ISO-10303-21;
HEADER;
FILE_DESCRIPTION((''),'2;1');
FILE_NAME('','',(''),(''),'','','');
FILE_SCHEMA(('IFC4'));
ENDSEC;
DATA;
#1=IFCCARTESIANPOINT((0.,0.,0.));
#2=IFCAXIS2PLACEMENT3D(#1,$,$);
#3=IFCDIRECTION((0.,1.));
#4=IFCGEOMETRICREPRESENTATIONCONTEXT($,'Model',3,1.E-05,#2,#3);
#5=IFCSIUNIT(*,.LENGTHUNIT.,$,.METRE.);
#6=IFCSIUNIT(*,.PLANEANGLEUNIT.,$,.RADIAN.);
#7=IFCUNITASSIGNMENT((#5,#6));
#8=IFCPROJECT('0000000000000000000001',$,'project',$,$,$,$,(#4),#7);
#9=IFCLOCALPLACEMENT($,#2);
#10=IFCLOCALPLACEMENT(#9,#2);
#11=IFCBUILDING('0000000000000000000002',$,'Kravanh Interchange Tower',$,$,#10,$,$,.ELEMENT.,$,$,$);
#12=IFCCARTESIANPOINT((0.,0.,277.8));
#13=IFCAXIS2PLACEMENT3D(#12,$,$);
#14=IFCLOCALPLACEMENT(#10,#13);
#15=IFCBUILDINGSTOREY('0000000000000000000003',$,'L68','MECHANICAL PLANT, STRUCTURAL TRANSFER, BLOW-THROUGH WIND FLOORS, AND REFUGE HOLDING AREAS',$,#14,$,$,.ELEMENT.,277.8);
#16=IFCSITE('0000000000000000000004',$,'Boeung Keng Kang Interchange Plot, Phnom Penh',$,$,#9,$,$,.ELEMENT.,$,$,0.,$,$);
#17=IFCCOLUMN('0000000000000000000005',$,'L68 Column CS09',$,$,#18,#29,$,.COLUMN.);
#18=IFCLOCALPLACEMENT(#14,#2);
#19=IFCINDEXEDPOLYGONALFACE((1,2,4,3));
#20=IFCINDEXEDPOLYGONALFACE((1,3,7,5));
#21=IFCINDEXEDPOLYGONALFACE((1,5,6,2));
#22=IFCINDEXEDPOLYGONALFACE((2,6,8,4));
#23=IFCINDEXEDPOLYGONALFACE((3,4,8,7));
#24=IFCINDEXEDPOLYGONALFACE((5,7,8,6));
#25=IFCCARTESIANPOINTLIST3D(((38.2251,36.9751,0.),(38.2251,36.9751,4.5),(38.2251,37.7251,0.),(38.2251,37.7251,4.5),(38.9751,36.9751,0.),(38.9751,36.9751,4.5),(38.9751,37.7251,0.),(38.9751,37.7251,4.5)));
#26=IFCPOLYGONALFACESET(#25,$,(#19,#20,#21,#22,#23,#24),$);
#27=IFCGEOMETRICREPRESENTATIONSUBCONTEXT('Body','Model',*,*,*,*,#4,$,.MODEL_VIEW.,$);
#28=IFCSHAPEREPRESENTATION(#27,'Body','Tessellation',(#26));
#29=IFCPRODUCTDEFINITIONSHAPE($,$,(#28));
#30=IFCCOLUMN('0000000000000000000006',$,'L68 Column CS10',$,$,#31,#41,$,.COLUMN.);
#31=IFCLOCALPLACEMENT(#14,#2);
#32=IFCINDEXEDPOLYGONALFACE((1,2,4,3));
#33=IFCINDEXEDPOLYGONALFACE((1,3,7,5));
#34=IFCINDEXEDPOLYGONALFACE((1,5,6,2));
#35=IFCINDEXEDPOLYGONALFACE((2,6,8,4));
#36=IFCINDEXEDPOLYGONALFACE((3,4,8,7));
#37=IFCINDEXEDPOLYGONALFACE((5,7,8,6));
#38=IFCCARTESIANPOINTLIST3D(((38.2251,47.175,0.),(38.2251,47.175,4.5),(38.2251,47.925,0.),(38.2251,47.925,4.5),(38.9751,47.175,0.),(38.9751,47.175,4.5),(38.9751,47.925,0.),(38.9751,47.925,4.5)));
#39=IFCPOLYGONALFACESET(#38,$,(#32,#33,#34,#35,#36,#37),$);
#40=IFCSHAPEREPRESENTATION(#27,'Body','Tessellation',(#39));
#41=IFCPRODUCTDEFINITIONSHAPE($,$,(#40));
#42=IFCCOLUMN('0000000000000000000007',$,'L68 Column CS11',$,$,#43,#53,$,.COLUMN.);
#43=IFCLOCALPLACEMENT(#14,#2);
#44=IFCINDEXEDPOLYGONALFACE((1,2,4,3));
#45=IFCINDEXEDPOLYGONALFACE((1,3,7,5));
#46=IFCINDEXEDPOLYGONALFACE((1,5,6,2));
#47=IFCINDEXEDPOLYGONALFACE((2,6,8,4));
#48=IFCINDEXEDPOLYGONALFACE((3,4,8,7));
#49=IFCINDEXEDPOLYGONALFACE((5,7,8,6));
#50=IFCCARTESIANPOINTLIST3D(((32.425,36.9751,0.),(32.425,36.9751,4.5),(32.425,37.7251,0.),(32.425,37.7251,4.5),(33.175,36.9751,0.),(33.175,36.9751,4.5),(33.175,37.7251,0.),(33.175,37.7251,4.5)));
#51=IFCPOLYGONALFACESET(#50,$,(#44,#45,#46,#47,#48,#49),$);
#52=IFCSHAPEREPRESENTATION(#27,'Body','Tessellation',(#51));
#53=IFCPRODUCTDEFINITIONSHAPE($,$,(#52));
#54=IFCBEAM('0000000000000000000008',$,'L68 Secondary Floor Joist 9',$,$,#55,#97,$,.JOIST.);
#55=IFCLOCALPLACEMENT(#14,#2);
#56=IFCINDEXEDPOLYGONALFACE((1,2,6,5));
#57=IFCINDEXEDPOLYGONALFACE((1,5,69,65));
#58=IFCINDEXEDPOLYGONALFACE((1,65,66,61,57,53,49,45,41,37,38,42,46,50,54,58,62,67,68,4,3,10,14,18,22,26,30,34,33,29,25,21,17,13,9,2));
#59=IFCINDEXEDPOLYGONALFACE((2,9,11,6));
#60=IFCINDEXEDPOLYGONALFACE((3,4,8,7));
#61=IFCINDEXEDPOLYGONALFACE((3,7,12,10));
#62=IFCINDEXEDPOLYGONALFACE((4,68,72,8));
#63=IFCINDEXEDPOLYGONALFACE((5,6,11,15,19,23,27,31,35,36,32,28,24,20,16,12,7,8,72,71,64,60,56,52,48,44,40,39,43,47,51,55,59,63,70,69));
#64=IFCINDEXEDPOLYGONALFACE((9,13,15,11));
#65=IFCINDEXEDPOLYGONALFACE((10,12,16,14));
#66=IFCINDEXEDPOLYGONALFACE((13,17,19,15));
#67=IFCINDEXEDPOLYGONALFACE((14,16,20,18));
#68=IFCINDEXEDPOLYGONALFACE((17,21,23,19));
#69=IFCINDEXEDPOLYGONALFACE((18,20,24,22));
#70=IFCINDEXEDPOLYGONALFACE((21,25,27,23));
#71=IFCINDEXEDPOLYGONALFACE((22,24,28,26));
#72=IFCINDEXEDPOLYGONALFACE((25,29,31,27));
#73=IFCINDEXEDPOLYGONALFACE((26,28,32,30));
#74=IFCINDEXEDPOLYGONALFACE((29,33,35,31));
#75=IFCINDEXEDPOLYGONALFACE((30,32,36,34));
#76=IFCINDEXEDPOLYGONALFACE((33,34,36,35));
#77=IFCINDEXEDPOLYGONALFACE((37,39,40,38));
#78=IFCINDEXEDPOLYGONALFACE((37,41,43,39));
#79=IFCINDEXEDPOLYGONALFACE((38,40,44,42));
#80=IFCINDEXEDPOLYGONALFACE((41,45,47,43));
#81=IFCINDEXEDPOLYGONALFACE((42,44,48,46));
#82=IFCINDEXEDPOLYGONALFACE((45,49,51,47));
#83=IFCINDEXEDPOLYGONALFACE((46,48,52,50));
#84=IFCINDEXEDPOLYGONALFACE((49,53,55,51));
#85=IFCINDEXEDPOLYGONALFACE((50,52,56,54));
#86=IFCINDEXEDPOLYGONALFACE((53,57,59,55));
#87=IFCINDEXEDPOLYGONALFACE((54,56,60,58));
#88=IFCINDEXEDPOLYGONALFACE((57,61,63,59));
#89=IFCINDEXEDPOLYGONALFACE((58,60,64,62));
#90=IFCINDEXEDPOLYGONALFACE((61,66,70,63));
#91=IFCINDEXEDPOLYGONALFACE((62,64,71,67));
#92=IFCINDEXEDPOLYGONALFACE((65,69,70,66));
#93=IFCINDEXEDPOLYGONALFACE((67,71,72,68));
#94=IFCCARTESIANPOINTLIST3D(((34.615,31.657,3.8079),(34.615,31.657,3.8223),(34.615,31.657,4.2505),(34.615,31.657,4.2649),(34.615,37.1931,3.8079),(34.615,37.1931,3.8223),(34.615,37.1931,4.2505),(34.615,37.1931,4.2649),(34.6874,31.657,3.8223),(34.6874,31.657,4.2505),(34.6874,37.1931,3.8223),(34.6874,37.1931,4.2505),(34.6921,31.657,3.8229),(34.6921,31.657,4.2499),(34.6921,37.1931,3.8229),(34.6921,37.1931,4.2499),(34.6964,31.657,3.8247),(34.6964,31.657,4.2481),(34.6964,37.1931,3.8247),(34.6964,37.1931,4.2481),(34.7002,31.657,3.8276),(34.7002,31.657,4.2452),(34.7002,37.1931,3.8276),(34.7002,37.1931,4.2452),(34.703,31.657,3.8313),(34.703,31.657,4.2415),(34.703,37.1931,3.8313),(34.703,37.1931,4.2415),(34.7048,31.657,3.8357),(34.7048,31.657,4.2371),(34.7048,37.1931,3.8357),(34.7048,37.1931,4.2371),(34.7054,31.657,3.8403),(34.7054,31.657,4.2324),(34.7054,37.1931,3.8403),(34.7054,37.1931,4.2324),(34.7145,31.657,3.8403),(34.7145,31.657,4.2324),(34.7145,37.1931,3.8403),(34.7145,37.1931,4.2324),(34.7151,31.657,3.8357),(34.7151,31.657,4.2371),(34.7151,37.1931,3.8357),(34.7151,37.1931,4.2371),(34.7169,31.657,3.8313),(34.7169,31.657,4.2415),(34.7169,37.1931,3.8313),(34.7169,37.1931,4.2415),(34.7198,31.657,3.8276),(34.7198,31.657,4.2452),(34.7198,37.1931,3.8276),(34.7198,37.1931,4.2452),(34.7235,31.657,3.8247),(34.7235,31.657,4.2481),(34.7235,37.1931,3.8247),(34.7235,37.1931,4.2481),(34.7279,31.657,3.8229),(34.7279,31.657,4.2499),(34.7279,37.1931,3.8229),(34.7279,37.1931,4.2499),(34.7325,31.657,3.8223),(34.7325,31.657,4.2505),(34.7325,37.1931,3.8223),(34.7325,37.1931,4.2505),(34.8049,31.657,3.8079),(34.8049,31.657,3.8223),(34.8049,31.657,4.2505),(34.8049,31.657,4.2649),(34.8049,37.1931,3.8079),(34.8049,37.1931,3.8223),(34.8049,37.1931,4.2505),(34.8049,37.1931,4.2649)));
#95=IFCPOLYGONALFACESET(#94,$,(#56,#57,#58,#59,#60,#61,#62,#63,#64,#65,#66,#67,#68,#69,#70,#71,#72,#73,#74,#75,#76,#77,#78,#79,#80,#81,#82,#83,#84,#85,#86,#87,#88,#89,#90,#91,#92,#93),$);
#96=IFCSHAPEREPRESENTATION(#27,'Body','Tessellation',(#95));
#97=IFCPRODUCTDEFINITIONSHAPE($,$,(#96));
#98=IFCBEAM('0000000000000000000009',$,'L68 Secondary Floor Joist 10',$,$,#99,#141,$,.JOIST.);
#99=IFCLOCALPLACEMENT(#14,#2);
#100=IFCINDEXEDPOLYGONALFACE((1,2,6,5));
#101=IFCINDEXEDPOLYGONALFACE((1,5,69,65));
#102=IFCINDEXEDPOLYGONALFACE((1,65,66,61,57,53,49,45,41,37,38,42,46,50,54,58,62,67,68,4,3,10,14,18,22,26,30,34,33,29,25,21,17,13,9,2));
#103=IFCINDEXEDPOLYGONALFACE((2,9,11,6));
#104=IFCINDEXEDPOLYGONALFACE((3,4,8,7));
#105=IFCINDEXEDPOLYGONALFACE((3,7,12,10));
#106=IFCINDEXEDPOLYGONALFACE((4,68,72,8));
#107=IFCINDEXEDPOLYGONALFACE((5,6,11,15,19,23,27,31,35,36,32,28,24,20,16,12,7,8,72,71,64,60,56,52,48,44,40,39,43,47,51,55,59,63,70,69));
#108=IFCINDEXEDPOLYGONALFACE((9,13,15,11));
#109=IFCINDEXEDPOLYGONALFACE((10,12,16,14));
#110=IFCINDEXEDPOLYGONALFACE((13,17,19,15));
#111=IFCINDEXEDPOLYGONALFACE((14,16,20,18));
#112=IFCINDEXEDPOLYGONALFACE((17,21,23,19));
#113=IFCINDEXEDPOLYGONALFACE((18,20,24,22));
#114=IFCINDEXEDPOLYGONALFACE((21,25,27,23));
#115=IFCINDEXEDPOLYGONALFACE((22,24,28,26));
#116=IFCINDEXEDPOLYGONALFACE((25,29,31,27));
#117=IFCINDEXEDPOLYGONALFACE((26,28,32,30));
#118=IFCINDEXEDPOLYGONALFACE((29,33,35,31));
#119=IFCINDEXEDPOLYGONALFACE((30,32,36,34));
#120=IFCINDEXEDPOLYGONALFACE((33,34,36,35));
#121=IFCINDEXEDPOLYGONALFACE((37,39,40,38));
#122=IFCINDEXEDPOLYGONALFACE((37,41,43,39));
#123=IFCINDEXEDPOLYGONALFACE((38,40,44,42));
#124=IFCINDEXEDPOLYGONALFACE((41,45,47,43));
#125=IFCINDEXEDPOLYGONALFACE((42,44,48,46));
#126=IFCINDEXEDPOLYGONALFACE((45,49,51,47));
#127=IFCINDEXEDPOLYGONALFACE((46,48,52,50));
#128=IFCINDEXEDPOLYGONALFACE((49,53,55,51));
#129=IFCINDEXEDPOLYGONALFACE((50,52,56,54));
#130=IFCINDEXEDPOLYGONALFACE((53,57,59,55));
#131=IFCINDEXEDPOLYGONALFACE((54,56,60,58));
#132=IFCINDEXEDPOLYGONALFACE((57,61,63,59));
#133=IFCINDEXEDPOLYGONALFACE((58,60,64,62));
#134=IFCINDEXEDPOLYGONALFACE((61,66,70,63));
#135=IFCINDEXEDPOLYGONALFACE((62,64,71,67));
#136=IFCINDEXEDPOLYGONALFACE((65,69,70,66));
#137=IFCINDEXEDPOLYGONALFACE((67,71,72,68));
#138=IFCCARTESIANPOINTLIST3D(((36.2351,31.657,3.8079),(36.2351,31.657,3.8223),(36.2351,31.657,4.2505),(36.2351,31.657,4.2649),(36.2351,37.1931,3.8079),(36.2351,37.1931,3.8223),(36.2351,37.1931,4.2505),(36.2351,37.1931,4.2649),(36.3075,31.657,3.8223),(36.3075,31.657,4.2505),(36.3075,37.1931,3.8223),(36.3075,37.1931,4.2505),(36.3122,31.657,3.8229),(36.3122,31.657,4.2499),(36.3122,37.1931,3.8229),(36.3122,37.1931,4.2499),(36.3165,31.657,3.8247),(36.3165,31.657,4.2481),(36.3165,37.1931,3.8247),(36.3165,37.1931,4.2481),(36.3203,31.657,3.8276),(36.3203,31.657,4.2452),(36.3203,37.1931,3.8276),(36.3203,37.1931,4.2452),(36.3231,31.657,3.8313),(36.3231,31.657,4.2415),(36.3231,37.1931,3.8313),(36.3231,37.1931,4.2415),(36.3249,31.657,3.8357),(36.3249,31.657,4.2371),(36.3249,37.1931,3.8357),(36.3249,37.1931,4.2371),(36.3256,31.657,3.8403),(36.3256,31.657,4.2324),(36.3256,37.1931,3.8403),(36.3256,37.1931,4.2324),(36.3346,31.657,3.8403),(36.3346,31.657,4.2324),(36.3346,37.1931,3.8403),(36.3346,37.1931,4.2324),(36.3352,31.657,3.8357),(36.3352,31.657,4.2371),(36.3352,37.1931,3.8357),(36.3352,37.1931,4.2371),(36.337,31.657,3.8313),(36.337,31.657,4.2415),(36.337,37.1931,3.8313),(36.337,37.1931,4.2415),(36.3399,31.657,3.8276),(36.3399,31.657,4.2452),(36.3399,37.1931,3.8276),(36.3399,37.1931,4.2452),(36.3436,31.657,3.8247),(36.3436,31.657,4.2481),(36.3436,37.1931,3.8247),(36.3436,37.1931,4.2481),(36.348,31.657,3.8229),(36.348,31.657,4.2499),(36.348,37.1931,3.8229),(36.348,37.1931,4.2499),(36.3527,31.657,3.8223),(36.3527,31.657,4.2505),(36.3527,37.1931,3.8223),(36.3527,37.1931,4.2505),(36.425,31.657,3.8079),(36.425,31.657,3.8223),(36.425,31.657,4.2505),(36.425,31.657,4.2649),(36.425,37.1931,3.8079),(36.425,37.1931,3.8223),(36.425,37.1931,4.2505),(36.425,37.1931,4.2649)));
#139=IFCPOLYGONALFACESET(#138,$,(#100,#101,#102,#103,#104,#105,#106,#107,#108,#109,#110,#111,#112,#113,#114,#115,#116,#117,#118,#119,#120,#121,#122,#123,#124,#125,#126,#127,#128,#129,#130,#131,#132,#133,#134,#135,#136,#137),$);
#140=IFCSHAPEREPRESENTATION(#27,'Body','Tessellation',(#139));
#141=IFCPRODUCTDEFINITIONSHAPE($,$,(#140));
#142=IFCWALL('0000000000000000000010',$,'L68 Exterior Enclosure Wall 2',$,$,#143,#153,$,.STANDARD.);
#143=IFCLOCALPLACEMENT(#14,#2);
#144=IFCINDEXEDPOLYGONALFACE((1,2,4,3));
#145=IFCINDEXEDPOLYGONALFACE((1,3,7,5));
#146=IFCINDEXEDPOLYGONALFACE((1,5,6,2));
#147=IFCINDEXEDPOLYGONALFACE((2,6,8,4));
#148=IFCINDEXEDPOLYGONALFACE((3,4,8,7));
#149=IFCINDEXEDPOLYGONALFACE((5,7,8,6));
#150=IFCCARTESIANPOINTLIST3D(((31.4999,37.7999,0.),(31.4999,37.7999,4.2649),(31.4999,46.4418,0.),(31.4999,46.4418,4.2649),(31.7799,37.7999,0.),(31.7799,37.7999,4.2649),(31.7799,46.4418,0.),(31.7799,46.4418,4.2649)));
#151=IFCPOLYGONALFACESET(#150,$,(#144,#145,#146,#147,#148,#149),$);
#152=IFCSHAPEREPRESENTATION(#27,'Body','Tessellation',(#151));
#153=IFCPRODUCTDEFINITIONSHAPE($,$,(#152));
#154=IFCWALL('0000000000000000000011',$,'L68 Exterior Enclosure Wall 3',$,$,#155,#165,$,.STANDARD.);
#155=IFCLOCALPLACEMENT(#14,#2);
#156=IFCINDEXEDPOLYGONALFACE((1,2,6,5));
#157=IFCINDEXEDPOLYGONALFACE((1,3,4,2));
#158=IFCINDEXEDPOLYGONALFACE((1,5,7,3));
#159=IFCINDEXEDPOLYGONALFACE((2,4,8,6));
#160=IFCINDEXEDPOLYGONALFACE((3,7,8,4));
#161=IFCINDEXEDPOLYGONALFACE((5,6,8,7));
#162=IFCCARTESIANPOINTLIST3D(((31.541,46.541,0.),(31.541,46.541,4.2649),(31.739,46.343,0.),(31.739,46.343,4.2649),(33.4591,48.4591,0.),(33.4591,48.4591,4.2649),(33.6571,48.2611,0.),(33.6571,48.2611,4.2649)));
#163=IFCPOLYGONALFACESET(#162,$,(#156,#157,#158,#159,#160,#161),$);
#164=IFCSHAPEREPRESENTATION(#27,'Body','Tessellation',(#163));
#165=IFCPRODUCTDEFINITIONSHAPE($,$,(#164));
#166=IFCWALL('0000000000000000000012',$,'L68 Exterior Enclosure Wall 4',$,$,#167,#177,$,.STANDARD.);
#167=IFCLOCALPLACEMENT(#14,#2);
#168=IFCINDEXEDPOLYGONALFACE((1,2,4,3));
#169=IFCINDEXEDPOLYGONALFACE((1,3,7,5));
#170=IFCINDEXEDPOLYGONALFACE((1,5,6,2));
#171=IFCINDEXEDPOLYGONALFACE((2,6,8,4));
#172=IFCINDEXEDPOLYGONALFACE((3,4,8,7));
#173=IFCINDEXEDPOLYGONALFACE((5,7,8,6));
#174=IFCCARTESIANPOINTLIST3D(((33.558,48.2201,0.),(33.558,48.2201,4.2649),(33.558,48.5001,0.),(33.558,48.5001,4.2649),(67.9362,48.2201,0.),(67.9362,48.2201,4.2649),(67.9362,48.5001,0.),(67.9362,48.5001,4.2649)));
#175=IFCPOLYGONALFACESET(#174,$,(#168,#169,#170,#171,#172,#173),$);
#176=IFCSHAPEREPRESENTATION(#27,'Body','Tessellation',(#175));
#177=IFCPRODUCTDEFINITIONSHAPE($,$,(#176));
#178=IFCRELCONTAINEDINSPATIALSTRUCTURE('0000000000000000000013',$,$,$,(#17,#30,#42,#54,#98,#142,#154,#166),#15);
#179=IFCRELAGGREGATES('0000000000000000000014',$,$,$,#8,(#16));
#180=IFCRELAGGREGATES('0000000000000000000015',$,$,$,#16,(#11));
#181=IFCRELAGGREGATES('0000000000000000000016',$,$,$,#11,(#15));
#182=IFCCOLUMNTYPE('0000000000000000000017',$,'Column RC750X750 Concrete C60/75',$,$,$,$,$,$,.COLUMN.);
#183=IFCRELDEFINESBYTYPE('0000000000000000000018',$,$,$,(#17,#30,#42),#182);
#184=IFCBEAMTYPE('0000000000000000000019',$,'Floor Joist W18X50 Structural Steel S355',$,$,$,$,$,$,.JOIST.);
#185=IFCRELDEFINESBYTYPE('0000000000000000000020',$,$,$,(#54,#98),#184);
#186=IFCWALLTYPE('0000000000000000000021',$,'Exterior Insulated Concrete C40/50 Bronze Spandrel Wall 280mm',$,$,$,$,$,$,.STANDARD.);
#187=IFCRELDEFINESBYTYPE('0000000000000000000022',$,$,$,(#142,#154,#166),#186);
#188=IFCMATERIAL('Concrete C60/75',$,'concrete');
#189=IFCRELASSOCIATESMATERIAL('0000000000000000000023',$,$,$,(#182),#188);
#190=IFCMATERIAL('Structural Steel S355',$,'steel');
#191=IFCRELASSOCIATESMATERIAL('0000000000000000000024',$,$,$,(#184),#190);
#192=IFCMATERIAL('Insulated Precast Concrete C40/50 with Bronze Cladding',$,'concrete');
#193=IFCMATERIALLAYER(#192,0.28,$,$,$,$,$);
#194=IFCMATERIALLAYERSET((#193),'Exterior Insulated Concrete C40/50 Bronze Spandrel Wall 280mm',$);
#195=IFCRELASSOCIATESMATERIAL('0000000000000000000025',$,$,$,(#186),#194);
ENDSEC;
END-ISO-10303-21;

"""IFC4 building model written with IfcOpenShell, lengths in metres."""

from ifc_helpers import new_model, si_unit, direction, frame, frame_2d, origin, origin_2d, place, context, subcontext, project, spatial, rectangle, i_section, extrude, material, layer, layer_set, material_profile, profile_set, type_object, element, save


model = new_model("IFC4")

# Units and contexts
model_context = context("Model", 3, precision=1e-05, world=origin(), true_north=direction((0.0, 1.0)))
body_context = subcontext(model_context, "Body", "Model", "MODEL_VIEW")
ifc_project = project(units=[si_unit("LENGTHUNIT", "METRE"), si_unit("PLANEANGLEUNIT", "RADIAN")], contexts=[model_context])

# Site, building, storey
site_placement = place(None, origin())
site = spatial("IfcSite", under=ifc_project, at=site_placement, Name="Boeung Keng Kang Interchange Plot, Phnom Penh", CompositionType="ELEMENT", RefElevation=0.0)
building_placement = place(site_placement, origin())
building = spatial("IfcBuilding", under=site, at=building_placement, Name="Kravanh Interchange Tower", CompositionType="ELEMENT")
storey_placement = place(building_placement, frame((0.0, 0.0, 277.8)))
storey = spatial("IfcBuildingStorey", under=building, at=storey_placement, Name="L68", Description="MECHANICAL PLANT, STRUCTURAL TRANSFER, BLOW-THROUGH WIND FLOORS, AND REFUGE HOLDING AREAS", CompositionType="ELEMENT", Elevation=277.8)

# Columns
ifc_material_1 = material(Name="Concrete C60/75", Category="concrete")
ifc_material_profile_1 = material_profile(ifc_material_1, rectangle(XDim=0.75, YDim=0.75, at=origin_2d()), Name="RC750X750")
ifc_profile_set_1 = profile_set([ifc_material_profile_1], Name="Concrete C60/75")
column_type = type_object("IfcColumnType", Name="Column RC750X750 Concrete C60/75", PredefinedType="COLUMN", material=ifc_profile_set_1)
for number, where, z_axis, x_axis, name in (
    (1, (38.6001, 37.3501, 0.0), (0.0, 0.0, 1.0), (1.0, 0.0, 0.0), "L68 Column CS09"),
    (2, (38.6001, 47.55, 0.0), (0.0, 0.0, 1.0), (1.0, 0.0, 0.0), "L68 Column CS10"),
    (3, (32.8, 37.3501, 0.0), (0.0, 0.0, 1.0), (1.0, 0.0, 0.0), "L68 Column CS11"),
):
    element("IfcColumn", number, at=place(storey_placement, frame(where, z_axis=z_axis, x_axis=x_axis)), inside=storey, type_object=column_type, Name=name, PredefinedType="COLUMN", context=body_context, shape_type="SweptSolid", body=[
        extrude(rectangle(XDim=0.75, YDim=0.75, at=origin_2d()), origin(), (0.0, 0.0, 1.0), 4.5),
    ])

# Beams
ifc_material_2 = material(Name="Structural Steel S355", Category="steel")
ifc_material_profile_2 = material_profile(ifc_material_2, i_section(OverallWidth=0.1899, OverallDepth=0.457, WebThickness=0.009, FlangeThickness=0.0144, FilletRadius=0.0181, at=origin_2d()), Name="W18X50")
ifc_profile_set_2 = profile_set([ifc_material_profile_2], Name="Structural Steel S355")
beam_type = type_object("IfcBeamType", Name="Floor Joist W18X50 Structural Steel S355", PredefinedType="JOIST", material=ifc_profile_set_2)
for number, where, z_axis, x_axis, name in (
    (4, (34.71, 31.657, 4.0364), (0.0, 1.0, 0.0), (-1.0, 0.0, 0.0), "L68 Secondary Floor Joist 9"),
    (5, (36.3301, 31.657, 4.0364), (0.0, 1.0, 0.0), (-1.0, 0.0, 0.0), "L68 Secondary Floor Joist 10"),
):
    element("IfcBeam", number, at=place(storey_placement, frame(where, z_axis=z_axis, x_axis=x_axis)), inside=storey, type_object=beam_type, Name=name, PredefinedType="JOIST", context=body_context, shape_type="SweptSolid", body=[
        extrude(i_section(OverallWidth=0.1899, OverallDepth=0.457, WebThickness=0.009, FlangeThickness=0.0144, FilletRadius=0.0181, at=origin_2d()), origin(), (0.0, 0.0, 1.0), 5.5361),
    ])

# Walls
ifc_material_3 = material(Name="Insulated Precast Concrete C40/50 with Bronze Cladding", Category="concrete")
ifc_layer_1 = layer(ifc_material_3, 0.28)
ifc_layer_set_1 = layer_set([ifc_layer_1], Name="Exterior Insulated Concrete C40/50 Bronze Spandrel Wall 280mm")
wall_type_1 = type_object("IfcWallType", Name="Exterior Insulated Concrete C40/50 Bronze Spandrel Wall 280mm", PredefinedType="STANDARD", material=ifc_layer_set_1)
wall_1_placement = place(storey_placement, frame((31.6399, 37.8, 0.0), z_axis=(0.0, 0.0, 1.0), x_axis=(0.0, 1.0, 0.0)))
element("IfcWall", 6, at=wall_1_placement, inside=storey, type_object=wall_type_1, Name="L68 Exterior Enclosure Wall 2", PredefinedType="STANDARD", context=body_context, shape_type="SweptSolid", body=[
    extrude(rectangle(XDim=8.6418, YDim=0.28, at=frame_2d((4.3208, 0.0))), origin(), (0.0, 0.0, 1.0), 4.2649),
])
wall_2_placement = place(storey_placement, frame((31.6399, 46.4419, 0.0), z_axis=(0.0, 0.0, 1.0), x_axis=(0.707107, 0.707107, 0.0)))
element("IfcWall", 7, at=wall_2_placement, inside=storey, type_object=wall_type_1, Name="L68 Exterior Enclosure Wall 3", PredefinedType="STANDARD", context=body_context, shape_type="SweptSolid", body=[
    extrude(rectangle(XDim=2.7126, YDim=0.28, at=frame_2d((1.3564, 0.0))), origin(), (0.0, 0.0, 1.0), 4.2649),
])
wall_3_placement = place(storey_placement, frame((33.5581, 48.3601, 0.0), z_axis=(0.0, 0.0, 1.0), x_axis=(1.0, 0.0, 0.0)))
element("IfcWall", 8, at=wall_3_placement, inside=storey, type_object=wall_type_1, Name="L68 Exterior Enclosure Wall 4", PredefinedType="STANDARD", context=body_context, shape_type="SweptSolid", body=[
    extrude(rectangle(XDim=34.3782, YDim=0.28, at=frame_2d((17.189, 0.0))), origin(), (0.0, 0.0, 1.0), 4.2649),
])

save(model, "model.ifc")
